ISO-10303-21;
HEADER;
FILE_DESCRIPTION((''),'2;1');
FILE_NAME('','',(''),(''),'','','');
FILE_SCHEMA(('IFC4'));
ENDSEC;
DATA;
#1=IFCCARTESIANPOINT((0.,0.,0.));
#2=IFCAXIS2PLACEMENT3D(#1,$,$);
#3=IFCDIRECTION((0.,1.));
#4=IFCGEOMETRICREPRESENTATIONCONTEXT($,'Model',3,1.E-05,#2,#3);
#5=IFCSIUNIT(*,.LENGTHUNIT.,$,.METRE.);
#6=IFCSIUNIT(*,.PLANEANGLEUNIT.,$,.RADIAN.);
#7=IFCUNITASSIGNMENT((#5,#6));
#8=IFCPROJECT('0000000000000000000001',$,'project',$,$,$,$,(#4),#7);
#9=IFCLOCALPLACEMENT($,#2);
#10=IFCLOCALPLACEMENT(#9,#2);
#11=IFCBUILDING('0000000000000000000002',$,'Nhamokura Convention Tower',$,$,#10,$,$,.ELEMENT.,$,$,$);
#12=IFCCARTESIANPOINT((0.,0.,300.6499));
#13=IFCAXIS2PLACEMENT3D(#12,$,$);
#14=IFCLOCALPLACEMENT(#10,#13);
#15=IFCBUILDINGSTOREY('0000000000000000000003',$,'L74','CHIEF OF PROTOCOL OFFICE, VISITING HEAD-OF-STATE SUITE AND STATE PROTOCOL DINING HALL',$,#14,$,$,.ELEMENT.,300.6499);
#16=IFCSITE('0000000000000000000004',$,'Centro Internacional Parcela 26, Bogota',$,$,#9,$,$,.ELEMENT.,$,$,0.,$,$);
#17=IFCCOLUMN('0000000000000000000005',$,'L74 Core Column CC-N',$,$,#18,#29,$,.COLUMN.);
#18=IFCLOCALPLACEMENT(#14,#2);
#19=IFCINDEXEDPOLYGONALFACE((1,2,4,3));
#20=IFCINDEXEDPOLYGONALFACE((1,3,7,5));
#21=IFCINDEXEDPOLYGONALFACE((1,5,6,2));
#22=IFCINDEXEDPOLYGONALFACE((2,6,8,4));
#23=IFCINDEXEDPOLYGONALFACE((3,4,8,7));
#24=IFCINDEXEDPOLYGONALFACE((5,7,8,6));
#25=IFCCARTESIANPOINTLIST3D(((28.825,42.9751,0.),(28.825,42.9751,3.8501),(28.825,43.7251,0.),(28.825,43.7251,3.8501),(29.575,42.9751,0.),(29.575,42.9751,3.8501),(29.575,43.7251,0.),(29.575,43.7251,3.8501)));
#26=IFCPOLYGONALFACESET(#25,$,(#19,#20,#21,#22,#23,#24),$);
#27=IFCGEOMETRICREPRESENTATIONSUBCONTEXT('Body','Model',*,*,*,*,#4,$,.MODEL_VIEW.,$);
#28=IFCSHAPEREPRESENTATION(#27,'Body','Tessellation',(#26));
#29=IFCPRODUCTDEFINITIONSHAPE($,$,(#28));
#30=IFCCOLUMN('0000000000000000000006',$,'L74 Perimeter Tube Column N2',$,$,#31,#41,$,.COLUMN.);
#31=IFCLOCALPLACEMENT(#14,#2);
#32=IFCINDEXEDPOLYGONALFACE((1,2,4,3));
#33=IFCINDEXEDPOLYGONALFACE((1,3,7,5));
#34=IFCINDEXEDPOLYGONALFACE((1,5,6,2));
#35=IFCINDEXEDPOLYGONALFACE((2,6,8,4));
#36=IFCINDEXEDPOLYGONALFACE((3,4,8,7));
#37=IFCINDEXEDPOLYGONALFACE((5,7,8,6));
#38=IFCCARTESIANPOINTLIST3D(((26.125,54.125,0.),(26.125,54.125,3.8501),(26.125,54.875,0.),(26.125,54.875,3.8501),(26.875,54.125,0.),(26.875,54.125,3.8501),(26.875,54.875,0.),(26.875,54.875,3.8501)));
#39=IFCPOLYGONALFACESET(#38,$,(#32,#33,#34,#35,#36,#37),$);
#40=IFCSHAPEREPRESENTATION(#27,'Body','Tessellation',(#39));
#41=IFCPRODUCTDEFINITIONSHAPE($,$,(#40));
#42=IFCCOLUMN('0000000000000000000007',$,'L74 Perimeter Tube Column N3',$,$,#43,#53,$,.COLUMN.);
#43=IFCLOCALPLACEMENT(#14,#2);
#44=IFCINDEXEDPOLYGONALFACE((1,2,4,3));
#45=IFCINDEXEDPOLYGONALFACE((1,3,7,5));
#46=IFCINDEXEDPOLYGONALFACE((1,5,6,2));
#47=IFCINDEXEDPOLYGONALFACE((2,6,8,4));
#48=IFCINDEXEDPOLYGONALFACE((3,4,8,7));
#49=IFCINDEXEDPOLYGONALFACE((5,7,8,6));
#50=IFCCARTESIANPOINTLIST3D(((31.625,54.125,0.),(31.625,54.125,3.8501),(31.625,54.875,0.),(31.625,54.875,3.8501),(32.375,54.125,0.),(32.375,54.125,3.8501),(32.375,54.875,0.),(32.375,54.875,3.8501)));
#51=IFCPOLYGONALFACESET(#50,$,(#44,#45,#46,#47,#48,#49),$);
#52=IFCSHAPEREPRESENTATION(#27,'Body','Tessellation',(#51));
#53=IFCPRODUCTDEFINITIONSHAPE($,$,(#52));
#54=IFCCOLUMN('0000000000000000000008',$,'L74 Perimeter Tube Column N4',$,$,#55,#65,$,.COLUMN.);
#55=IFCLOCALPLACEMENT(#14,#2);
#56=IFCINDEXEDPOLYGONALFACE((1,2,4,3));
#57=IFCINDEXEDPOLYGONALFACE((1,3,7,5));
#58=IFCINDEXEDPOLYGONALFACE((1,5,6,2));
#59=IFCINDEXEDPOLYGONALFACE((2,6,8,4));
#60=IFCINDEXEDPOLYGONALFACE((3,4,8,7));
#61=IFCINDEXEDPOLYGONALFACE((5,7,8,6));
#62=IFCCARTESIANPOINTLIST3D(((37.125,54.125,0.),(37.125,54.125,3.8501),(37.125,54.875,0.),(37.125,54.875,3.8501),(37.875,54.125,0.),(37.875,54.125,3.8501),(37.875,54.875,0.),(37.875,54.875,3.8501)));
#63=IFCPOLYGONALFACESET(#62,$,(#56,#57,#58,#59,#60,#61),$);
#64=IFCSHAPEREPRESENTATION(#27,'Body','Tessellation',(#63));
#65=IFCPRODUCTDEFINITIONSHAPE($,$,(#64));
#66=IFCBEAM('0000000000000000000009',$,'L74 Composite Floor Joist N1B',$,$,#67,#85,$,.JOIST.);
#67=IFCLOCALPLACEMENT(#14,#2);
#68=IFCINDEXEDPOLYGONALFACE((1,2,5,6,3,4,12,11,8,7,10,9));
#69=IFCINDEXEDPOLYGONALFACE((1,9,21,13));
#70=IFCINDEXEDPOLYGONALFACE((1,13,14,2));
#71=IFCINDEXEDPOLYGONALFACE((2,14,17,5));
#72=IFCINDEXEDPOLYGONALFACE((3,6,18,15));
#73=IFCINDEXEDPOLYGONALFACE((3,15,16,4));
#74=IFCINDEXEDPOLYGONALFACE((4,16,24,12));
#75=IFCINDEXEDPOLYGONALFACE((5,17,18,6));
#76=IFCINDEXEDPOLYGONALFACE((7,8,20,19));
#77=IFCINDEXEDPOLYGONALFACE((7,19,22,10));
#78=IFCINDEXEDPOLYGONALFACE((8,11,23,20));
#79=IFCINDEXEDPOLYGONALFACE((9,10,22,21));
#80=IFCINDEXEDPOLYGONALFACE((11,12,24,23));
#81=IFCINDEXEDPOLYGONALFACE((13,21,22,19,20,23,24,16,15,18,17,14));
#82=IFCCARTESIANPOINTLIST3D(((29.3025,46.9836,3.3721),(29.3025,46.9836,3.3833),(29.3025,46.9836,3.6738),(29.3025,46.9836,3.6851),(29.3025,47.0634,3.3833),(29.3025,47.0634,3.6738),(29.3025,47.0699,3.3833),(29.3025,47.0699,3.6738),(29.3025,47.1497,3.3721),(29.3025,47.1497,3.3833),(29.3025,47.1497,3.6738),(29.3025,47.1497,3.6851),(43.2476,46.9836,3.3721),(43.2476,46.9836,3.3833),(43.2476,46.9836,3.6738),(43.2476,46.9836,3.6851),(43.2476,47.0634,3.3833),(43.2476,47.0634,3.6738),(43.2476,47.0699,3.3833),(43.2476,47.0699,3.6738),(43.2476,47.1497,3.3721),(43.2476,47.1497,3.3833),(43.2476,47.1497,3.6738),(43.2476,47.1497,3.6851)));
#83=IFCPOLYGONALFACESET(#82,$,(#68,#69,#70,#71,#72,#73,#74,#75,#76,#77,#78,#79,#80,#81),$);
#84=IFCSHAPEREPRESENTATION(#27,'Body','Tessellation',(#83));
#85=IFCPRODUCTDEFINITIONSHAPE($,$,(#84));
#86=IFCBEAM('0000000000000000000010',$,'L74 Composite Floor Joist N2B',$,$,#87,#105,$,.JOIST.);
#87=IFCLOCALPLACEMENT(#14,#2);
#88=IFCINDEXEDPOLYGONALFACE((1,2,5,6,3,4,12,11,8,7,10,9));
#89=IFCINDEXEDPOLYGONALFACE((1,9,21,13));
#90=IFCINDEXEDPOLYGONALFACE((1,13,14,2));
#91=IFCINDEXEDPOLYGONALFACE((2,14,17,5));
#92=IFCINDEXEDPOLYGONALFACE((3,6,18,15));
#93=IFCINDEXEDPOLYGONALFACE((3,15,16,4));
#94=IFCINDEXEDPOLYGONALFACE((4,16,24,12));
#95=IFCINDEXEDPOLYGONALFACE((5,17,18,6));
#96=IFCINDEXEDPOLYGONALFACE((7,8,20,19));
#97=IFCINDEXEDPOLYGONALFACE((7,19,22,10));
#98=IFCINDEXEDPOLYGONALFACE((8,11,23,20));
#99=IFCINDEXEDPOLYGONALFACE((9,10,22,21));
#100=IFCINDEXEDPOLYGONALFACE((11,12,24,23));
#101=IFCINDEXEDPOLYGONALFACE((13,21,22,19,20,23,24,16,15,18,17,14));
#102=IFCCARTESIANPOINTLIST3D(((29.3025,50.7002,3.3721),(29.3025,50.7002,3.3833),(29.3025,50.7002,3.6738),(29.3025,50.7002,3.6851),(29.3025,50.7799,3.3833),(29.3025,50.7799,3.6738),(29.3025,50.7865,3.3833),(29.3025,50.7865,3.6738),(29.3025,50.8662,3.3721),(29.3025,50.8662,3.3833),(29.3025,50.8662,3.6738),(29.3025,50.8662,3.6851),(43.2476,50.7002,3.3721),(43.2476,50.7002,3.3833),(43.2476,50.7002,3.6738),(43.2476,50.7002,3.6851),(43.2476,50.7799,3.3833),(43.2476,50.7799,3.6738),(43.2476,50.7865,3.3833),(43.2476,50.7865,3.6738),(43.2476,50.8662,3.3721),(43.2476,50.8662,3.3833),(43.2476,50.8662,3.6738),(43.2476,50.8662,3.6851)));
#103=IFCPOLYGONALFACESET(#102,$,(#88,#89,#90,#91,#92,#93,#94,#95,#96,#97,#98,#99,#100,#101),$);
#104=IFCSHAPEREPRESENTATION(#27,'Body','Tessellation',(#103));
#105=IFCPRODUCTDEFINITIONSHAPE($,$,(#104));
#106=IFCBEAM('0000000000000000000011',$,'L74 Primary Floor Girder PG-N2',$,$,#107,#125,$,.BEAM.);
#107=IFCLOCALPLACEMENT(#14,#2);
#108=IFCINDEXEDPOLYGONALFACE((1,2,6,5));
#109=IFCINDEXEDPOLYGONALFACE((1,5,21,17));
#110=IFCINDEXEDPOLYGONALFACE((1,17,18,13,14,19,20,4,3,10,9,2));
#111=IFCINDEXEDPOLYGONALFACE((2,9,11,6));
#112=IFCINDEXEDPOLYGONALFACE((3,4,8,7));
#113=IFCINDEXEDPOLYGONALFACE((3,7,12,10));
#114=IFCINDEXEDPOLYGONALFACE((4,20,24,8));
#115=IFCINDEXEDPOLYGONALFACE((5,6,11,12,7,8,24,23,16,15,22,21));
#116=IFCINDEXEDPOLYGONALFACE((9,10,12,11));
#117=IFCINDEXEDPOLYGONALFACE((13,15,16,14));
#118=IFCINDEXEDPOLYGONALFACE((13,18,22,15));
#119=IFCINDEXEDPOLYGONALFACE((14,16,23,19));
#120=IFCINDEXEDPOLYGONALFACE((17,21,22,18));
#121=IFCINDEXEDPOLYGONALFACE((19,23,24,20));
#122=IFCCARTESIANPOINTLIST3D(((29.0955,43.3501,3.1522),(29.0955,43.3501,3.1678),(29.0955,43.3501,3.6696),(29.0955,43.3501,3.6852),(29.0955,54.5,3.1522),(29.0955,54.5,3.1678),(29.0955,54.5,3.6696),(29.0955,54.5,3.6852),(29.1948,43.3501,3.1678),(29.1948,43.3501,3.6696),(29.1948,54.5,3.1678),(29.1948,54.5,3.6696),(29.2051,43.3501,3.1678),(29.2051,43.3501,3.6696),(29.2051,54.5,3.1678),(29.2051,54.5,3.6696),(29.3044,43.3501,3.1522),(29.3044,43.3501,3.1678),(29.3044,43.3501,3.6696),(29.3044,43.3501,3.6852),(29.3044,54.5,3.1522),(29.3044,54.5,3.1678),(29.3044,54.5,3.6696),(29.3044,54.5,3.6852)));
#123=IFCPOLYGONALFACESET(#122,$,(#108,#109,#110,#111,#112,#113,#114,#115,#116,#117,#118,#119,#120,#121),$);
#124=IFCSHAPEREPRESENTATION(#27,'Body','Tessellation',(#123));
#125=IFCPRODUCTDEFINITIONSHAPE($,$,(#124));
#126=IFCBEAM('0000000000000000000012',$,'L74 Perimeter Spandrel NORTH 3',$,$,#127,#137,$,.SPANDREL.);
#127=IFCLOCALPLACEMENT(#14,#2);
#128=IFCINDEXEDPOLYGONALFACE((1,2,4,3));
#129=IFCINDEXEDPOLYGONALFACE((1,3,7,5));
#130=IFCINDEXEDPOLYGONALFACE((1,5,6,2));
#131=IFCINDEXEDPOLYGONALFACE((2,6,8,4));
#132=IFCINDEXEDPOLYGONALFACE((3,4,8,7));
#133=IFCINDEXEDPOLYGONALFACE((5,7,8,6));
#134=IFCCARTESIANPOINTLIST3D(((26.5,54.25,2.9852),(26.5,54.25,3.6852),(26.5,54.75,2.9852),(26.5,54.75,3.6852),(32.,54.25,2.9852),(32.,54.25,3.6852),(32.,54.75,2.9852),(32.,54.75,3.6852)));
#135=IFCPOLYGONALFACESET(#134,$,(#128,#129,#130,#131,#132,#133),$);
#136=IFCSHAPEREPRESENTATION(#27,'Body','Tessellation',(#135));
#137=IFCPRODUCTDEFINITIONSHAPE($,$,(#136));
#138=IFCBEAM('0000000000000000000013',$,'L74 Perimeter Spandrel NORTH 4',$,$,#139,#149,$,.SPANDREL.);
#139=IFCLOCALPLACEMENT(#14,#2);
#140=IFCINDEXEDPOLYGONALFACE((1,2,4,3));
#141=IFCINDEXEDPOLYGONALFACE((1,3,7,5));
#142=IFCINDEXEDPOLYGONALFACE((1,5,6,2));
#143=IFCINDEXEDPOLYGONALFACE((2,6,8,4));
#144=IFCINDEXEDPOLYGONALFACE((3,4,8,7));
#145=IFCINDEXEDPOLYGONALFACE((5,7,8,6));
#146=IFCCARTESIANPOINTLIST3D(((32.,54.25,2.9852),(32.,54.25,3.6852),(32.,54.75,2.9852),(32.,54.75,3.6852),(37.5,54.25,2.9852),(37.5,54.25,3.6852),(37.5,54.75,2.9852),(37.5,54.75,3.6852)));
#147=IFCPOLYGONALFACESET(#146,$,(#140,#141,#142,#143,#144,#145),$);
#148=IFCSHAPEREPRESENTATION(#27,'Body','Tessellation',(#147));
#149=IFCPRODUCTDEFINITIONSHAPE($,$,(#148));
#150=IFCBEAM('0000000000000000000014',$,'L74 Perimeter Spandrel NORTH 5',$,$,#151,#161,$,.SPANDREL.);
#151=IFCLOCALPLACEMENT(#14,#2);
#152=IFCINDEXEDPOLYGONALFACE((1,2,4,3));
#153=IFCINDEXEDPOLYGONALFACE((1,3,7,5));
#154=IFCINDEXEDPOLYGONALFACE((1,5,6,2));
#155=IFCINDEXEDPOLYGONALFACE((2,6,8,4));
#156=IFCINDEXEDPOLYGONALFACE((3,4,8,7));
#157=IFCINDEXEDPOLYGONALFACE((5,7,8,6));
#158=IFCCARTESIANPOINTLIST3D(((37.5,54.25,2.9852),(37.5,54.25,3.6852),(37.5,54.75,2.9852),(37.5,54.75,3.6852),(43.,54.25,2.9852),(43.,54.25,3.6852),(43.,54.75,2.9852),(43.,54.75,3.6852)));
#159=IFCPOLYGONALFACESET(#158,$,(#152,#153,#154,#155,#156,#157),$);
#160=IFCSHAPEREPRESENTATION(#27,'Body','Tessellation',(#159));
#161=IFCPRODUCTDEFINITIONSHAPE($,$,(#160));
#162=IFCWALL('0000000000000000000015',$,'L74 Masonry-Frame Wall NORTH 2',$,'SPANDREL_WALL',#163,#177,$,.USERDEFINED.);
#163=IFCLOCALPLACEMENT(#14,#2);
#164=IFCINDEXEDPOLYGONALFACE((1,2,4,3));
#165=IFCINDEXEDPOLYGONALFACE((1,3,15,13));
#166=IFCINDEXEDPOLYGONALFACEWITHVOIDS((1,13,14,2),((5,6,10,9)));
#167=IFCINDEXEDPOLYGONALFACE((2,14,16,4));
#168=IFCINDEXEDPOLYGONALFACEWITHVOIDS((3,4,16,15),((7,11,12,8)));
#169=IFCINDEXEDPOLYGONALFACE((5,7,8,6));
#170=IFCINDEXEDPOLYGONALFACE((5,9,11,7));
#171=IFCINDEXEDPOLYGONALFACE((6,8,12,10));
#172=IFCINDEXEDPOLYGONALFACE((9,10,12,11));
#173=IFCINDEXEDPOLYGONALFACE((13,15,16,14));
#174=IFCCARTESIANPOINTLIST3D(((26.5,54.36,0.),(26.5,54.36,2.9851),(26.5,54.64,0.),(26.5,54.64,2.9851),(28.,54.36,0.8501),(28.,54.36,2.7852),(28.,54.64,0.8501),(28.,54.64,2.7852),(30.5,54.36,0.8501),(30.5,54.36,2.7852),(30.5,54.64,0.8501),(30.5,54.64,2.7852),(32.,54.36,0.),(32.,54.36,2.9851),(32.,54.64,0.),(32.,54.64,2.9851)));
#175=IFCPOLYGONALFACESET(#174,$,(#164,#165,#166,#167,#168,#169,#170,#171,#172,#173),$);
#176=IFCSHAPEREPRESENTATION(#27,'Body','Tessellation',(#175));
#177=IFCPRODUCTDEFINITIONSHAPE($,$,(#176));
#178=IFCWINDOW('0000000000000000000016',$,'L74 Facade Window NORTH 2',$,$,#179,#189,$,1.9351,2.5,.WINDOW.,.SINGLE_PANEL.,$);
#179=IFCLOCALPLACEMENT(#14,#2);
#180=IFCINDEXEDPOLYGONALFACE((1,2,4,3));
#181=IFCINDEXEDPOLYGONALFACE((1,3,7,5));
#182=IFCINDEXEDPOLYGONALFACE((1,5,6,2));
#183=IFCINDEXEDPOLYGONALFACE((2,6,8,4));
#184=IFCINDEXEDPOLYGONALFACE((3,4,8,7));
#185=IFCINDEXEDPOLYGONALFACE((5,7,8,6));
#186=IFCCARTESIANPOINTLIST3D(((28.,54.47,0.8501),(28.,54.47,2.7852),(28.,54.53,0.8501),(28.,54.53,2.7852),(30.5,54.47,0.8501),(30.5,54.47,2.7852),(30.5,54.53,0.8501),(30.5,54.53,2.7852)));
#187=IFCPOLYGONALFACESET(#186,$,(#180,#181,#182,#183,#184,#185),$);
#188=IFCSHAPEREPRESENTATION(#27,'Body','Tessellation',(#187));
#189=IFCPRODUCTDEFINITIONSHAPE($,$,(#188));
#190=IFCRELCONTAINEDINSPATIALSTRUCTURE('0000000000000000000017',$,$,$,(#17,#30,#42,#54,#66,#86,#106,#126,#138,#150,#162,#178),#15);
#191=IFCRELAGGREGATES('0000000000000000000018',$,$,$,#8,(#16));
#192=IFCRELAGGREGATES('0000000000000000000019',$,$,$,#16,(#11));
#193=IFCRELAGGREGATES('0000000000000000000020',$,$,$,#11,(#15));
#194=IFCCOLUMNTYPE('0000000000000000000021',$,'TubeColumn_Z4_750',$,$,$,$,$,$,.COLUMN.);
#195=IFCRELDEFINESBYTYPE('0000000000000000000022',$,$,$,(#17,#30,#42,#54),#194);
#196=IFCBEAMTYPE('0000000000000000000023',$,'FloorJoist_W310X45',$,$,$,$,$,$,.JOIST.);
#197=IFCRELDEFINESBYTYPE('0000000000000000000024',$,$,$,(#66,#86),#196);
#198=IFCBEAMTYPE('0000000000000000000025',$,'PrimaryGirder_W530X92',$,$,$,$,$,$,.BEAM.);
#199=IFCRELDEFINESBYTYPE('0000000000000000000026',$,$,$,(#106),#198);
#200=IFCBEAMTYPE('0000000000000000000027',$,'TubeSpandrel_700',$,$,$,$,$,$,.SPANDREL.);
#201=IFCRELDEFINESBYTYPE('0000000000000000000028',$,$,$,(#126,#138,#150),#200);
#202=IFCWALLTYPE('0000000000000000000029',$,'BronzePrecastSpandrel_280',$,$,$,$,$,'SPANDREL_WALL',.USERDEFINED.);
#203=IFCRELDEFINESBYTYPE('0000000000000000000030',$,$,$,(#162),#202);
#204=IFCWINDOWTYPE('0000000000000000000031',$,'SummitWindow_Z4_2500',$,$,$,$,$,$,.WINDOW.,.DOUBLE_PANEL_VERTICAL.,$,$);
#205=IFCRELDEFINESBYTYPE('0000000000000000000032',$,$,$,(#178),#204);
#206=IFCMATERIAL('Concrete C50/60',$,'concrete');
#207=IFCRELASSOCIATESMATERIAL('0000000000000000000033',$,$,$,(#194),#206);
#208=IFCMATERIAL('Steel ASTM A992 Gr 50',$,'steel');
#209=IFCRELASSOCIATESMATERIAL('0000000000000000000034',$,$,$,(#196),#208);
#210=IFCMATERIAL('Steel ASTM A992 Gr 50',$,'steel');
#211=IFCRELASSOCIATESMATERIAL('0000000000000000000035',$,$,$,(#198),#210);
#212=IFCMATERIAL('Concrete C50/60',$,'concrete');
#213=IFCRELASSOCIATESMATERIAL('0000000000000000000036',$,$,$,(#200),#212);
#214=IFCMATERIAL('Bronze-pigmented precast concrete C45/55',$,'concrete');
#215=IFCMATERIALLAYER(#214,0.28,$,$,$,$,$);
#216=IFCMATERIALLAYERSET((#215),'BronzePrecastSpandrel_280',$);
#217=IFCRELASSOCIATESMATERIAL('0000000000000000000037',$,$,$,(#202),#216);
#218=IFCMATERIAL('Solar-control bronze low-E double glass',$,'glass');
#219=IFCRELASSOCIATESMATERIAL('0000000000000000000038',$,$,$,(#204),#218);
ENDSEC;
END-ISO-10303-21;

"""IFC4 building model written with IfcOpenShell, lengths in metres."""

from ifc_helpers import new_model, si_unit, direction, frame, frame_2d, origin, origin_2d, place, context, subcontext, project, spatial, rectangle, i_section, extrude, material, layer, layer_set, material_profile, profile_set, type_object, element, fill, save


model = new_model("IFC4")

# Units and contexts
model_context = context("Model", 3, precision=1e-05, world=origin(), true_north=direction((0.0, 1.0)))
body_context = subcontext(model_context, "Body", "Model", "MODEL_VIEW")
ifc_project = project(units=[si_unit("LENGTHUNIT", "METRE"), si_unit("PLANEANGLEUNIT", "RADIAN")], contexts=[model_context])

# Site, building, storey
site_placement = place(None, origin())
site = spatial("IfcSite", under=ifc_project, at=site_placement, Name="Centro Internacional Parcela 26, Bogota", CompositionType="ELEMENT", RefElevation=0.0)
building_placement = place(site_placement, origin())
building = spatial("IfcBuilding", under=site, at=building_placement, Name="Nhamokura Convention Tower", CompositionType="ELEMENT")
storey_placement = place(building_placement, frame((0.0, 0.0, 300.6499)))
storey = spatial("IfcBuildingStorey", under=building, at=storey_placement, Name="L74", Description="CHIEF OF PROTOCOL OFFICE, VISITING HEAD-OF-STATE SUITE AND STATE PROTOCOL DINING HALL", CompositionType="ELEMENT", Elevation=300.6499)

# Columns
ifc_material_1 = material(Name="Concrete C50/60", Category="concrete")
ifc_material_profile_1 = material_profile(ifc_material_1, rectangle(XDim=0.75, YDim=0.75, at=origin_2d()))
ifc_profile_set_1 = profile_set([ifc_material_profile_1], Name="Concrete C50/60")
column_type = type_object("IfcColumnType", Name="TubeColumn_Z4_750", PredefinedType="COLUMN", material=ifc_profile_set_1)
for number, where, z_axis, x_axis, name in (
    (1, (29.2, 43.3501, 0.0), (0.0, 0.0, 1.0), (1.0, 0.0, 0.0), "L74 Core Column CC-N"),
    (2, (26.5, 54.5, 0.0), (0.0, 0.0, 1.0), (1.0, 0.0, 0.0), "L74 Perimeter Tube Column N2"),
    (3, (32.0, 54.5, 0.0), (0.0, 0.0, 1.0), (1.0, 0.0, 0.0), "L74 Perimeter Tube Column N3"),
    (4, (37.5, 54.5, 0.0), (0.0, 0.0, 1.0), (1.0, 0.0, 0.0), "L74 Perimeter Tube Column N4"),
):
    element("IfcColumn", number, at=place(storey_placement, frame(where, z_axis=z_axis, x_axis=x_axis)), inside=storey, type_object=column_type, Name=name, PredefinedType="COLUMN", context=body_context, shape_type="SweptSolid", body=[
        extrude(rectangle(XDim=0.75, YDim=0.75, at=origin_2d()), origin(), (0.0, 0.0, 1.0), 3.8501),
    ])

# Beams
ifc_material_2 = material(Name="Steel ASTM A992 Gr 50", Category="steel")
ifc_material_profile_2 = material_profile(ifc_material_2, i_section(OverallWidth=0.166, OverallDepth=0.313, WebThickness=0.0066, FlangeThickness=0.0112, at=origin_2d()))
ifc_profile_set_2 = profile_set([ifc_material_profile_2], Name="Steel ASTM A992 Gr 50")
beam_type_1 = type_object("IfcBeamType", Name="FloorJoist_W310X45", PredefinedType="JOIST", material=ifc_profile_set_2)
for number, where, z_axis, x_axis, name in (
    (5, (29.3025, 47.0667, 3.5286), (1.0, 0.0, 0.0), (0.0, 1.0, 0.0), "L74 Composite Floor Joist N1B"),
    (6, (29.3025, 50.7832, 3.5286), (1.0, 0.0, 0.0), (0.0, 1.0, 0.0), "L74 Composite Floor Joist N2B"),
):
    element("IfcBeam", number, at=place(storey_placement, frame(where, z_axis=z_axis, x_axis=x_axis)), inside=storey, type_object=beam_type_1, Name=name, PredefinedType="JOIST", context=body_context, shape_type="SweptSolid", body=[
        extrude(i_section(OverallWidth=0.166, OverallDepth=0.313, WebThickness=0.0066, FlangeThickness=0.0112, at=origin_2d()), origin(), (0.0, 0.0, 1.0), 13.9451),
    ])
ifc_material_3 = material(Name="Steel ASTM A992 Gr 50", Category="steel")
ifc_material_profile_3 = material_profile(ifc_material_3, i_section(OverallWidth=0.209, OverallDepth=0.533, WebThickness=0.0103, FlangeThickness=0.0156, at=origin_2d()))
ifc_profile_set_3 = profile_set([ifc_material_profile_3], Name="Steel ASTM A992 Gr 50")
beam_type_2 = type_object("IfcBeamType", Name="PrimaryGirder_W530X92", PredefinedType="BEAM", material=ifc_profile_set_3)
beam_placement = place(storey_placement, frame((29.2, 43.3501, 3.4187), z_axis=(0.0, 1.0, 0.0), x_axis=(-1.0, 0.0, 0.0)))
element("IfcBeam", 7, at=beam_placement, inside=storey, type_object=beam_type_2, Name="L74 Primary Floor Girder PG-N2", PredefinedType="BEAM", context=body_context, shape_type="SweptSolid", body=[
    extrude(i_section(OverallWidth=0.209, OverallDepth=0.533, WebThickness=0.0103, FlangeThickness=0.0156, at=origin_2d()), origin(), (0.0, 0.0, 1.0), 11.1499),
])
ifc_material_4 = material(Name="Concrete C50/60", Category="concrete")
ifc_material_profile_4 = material_profile(ifc_material_4, rectangle(XDim=0.5, YDim=0.7, at=origin_2d()))
ifc_profile_set_4 = profile_set([ifc_material_profile_4], Name="Concrete C50/60")
beam_type_3 = type_object("IfcBeamType", Name="TubeSpandrel_700", PredefinedType="SPANDREL", material=ifc_profile_set_4)
for number, where, z_axis, x_axis, name in (
    (8, (26.5, 54.5, 3.3352), (1.0, 0.0, 0.0), (0.0, 1.0, 0.0), "L74 Perimeter Spandrel NORTH 3"),
    (9, (32.0, 54.5, 3.3352), (1.0, 0.0, 0.0), (0.0, 1.0, 0.0), "L74 Perimeter Spandrel NORTH 4"),
    (10, (37.5, 54.5, 3.3352), (1.0, 0.0, 0.0), (0.0, 1.0, 0.0), "L74 Perimeter Spandrel NORTH 5"),
):
    element("IfcBeam", number, at=place(storey_placement, frame(where, z_axis=z_axis, x_axis=x_axis)), inside=storey, type_object=beam_type_3, Name=name, PredefinedType="SPANDREL", context=body_context, shape_type="SweptSolid", body=[
        extrude(rectangle(XDim=0.5, YDim=0.7, at=origin_2d()), origin(), (0.0, 0.0, 1.0), 5.5),
    ])

# Wall, opening, window
ifc_material_5 = material(Name="Bronze-pigmented precast concrete C45/55", Category="concrete")
ifc_layer_1 = layer(ifc_material_5, 0.28)
ifc_layer_set_1 = layer_set([ifc_layer_1], Name="BronzePrecastSpandrel_280")
wall_type_1 = type_object("IfcWallType", Name="BronzePrecastSpandrel_280", ElementType="SPANDREL_WALL", PredefinedType="USERDEFINED", material=ifc_layer_set_1)
wall_1_placement = place(storey_placement, frame((26.5, 54.5, 0.0), z_axis=(0.0, 0.0, 1.0), x_axis=(1.0, 0.0, 0.0)))
wall_1 = element("IfcWall", 11, at=wall_1_placement, inside=storey, type_object=wall_type_1, Name="L74 Masonry-Frame Wall NORTH 2", ObjectType="SPANDREL_WALL", PredefinedType="USERDEFINED", context=body_context, shape_type="SweptSolid", body=[
    extrude(rectangle(XDim=5.5, YDim=0.28, at=frame_2d((2.75, 0.0))), origin(), (0.0, 0.0, 1.0), 2.9851),
])
opening_1_placement = place(wall_1_placement, frame((1.5, 0.0, 0.8501)))
opening_1 = element("IfcOpeningElement", 12, at=opening_1_placement, cuts=wall_1, PredefinedType="OPENING", context=body_context, shape_type="SweptSolid", body=[
    extrude(rectangle(XDim=2.5, YDim=1.9351, at=frame_2d((1.25, 0.9675))), frame((0.0, 0.1499, 0.0), z_axis=(0.0, -1.0, 0.0), x_axis=(1.0, 0.0, 0.0)), (0.0, 0.0, 1.0), 0.3),
])
ifc_material_6 = material(Name="Solar-control bronze low-E double glass", Category="glass")
window_type_1 = type_object("IfcWindowType", Name="SummitWindow_Z4_2500", PartitioningType="DOUBLE_PANEL_VERTICAL", PredefinedType="WINDOW", material=ifc_material_6)
window_1_placement = place(opening_1_placement, origin())
window_1 = element("IfcWindow", 13, at=window_1_placement, inside=storey, type_object=window_type_1, Name="L74 Facade Window NORTH 2", OverallHeight=1.9351, OverallWidth=2.5, PartitioningType="SINGLE_PANEL", PredefinedType="WINDOW", context=body_context, shape_type="SweptSolid", body=[
    extrude(rectangle(XDim=2.5, YDim=1.9351, at=frame_2d((1.25, 0.9675))), frame((0.0, 0.03, 0.0), z_axis=(0.0, -1.0, 0.0), x_axis=(1.0, 0.0, 0.0)), (0.0, 0.0, 1.0), 0.0601),
])
fill(opening_1, window_1)

save(model, "model.ifc")
